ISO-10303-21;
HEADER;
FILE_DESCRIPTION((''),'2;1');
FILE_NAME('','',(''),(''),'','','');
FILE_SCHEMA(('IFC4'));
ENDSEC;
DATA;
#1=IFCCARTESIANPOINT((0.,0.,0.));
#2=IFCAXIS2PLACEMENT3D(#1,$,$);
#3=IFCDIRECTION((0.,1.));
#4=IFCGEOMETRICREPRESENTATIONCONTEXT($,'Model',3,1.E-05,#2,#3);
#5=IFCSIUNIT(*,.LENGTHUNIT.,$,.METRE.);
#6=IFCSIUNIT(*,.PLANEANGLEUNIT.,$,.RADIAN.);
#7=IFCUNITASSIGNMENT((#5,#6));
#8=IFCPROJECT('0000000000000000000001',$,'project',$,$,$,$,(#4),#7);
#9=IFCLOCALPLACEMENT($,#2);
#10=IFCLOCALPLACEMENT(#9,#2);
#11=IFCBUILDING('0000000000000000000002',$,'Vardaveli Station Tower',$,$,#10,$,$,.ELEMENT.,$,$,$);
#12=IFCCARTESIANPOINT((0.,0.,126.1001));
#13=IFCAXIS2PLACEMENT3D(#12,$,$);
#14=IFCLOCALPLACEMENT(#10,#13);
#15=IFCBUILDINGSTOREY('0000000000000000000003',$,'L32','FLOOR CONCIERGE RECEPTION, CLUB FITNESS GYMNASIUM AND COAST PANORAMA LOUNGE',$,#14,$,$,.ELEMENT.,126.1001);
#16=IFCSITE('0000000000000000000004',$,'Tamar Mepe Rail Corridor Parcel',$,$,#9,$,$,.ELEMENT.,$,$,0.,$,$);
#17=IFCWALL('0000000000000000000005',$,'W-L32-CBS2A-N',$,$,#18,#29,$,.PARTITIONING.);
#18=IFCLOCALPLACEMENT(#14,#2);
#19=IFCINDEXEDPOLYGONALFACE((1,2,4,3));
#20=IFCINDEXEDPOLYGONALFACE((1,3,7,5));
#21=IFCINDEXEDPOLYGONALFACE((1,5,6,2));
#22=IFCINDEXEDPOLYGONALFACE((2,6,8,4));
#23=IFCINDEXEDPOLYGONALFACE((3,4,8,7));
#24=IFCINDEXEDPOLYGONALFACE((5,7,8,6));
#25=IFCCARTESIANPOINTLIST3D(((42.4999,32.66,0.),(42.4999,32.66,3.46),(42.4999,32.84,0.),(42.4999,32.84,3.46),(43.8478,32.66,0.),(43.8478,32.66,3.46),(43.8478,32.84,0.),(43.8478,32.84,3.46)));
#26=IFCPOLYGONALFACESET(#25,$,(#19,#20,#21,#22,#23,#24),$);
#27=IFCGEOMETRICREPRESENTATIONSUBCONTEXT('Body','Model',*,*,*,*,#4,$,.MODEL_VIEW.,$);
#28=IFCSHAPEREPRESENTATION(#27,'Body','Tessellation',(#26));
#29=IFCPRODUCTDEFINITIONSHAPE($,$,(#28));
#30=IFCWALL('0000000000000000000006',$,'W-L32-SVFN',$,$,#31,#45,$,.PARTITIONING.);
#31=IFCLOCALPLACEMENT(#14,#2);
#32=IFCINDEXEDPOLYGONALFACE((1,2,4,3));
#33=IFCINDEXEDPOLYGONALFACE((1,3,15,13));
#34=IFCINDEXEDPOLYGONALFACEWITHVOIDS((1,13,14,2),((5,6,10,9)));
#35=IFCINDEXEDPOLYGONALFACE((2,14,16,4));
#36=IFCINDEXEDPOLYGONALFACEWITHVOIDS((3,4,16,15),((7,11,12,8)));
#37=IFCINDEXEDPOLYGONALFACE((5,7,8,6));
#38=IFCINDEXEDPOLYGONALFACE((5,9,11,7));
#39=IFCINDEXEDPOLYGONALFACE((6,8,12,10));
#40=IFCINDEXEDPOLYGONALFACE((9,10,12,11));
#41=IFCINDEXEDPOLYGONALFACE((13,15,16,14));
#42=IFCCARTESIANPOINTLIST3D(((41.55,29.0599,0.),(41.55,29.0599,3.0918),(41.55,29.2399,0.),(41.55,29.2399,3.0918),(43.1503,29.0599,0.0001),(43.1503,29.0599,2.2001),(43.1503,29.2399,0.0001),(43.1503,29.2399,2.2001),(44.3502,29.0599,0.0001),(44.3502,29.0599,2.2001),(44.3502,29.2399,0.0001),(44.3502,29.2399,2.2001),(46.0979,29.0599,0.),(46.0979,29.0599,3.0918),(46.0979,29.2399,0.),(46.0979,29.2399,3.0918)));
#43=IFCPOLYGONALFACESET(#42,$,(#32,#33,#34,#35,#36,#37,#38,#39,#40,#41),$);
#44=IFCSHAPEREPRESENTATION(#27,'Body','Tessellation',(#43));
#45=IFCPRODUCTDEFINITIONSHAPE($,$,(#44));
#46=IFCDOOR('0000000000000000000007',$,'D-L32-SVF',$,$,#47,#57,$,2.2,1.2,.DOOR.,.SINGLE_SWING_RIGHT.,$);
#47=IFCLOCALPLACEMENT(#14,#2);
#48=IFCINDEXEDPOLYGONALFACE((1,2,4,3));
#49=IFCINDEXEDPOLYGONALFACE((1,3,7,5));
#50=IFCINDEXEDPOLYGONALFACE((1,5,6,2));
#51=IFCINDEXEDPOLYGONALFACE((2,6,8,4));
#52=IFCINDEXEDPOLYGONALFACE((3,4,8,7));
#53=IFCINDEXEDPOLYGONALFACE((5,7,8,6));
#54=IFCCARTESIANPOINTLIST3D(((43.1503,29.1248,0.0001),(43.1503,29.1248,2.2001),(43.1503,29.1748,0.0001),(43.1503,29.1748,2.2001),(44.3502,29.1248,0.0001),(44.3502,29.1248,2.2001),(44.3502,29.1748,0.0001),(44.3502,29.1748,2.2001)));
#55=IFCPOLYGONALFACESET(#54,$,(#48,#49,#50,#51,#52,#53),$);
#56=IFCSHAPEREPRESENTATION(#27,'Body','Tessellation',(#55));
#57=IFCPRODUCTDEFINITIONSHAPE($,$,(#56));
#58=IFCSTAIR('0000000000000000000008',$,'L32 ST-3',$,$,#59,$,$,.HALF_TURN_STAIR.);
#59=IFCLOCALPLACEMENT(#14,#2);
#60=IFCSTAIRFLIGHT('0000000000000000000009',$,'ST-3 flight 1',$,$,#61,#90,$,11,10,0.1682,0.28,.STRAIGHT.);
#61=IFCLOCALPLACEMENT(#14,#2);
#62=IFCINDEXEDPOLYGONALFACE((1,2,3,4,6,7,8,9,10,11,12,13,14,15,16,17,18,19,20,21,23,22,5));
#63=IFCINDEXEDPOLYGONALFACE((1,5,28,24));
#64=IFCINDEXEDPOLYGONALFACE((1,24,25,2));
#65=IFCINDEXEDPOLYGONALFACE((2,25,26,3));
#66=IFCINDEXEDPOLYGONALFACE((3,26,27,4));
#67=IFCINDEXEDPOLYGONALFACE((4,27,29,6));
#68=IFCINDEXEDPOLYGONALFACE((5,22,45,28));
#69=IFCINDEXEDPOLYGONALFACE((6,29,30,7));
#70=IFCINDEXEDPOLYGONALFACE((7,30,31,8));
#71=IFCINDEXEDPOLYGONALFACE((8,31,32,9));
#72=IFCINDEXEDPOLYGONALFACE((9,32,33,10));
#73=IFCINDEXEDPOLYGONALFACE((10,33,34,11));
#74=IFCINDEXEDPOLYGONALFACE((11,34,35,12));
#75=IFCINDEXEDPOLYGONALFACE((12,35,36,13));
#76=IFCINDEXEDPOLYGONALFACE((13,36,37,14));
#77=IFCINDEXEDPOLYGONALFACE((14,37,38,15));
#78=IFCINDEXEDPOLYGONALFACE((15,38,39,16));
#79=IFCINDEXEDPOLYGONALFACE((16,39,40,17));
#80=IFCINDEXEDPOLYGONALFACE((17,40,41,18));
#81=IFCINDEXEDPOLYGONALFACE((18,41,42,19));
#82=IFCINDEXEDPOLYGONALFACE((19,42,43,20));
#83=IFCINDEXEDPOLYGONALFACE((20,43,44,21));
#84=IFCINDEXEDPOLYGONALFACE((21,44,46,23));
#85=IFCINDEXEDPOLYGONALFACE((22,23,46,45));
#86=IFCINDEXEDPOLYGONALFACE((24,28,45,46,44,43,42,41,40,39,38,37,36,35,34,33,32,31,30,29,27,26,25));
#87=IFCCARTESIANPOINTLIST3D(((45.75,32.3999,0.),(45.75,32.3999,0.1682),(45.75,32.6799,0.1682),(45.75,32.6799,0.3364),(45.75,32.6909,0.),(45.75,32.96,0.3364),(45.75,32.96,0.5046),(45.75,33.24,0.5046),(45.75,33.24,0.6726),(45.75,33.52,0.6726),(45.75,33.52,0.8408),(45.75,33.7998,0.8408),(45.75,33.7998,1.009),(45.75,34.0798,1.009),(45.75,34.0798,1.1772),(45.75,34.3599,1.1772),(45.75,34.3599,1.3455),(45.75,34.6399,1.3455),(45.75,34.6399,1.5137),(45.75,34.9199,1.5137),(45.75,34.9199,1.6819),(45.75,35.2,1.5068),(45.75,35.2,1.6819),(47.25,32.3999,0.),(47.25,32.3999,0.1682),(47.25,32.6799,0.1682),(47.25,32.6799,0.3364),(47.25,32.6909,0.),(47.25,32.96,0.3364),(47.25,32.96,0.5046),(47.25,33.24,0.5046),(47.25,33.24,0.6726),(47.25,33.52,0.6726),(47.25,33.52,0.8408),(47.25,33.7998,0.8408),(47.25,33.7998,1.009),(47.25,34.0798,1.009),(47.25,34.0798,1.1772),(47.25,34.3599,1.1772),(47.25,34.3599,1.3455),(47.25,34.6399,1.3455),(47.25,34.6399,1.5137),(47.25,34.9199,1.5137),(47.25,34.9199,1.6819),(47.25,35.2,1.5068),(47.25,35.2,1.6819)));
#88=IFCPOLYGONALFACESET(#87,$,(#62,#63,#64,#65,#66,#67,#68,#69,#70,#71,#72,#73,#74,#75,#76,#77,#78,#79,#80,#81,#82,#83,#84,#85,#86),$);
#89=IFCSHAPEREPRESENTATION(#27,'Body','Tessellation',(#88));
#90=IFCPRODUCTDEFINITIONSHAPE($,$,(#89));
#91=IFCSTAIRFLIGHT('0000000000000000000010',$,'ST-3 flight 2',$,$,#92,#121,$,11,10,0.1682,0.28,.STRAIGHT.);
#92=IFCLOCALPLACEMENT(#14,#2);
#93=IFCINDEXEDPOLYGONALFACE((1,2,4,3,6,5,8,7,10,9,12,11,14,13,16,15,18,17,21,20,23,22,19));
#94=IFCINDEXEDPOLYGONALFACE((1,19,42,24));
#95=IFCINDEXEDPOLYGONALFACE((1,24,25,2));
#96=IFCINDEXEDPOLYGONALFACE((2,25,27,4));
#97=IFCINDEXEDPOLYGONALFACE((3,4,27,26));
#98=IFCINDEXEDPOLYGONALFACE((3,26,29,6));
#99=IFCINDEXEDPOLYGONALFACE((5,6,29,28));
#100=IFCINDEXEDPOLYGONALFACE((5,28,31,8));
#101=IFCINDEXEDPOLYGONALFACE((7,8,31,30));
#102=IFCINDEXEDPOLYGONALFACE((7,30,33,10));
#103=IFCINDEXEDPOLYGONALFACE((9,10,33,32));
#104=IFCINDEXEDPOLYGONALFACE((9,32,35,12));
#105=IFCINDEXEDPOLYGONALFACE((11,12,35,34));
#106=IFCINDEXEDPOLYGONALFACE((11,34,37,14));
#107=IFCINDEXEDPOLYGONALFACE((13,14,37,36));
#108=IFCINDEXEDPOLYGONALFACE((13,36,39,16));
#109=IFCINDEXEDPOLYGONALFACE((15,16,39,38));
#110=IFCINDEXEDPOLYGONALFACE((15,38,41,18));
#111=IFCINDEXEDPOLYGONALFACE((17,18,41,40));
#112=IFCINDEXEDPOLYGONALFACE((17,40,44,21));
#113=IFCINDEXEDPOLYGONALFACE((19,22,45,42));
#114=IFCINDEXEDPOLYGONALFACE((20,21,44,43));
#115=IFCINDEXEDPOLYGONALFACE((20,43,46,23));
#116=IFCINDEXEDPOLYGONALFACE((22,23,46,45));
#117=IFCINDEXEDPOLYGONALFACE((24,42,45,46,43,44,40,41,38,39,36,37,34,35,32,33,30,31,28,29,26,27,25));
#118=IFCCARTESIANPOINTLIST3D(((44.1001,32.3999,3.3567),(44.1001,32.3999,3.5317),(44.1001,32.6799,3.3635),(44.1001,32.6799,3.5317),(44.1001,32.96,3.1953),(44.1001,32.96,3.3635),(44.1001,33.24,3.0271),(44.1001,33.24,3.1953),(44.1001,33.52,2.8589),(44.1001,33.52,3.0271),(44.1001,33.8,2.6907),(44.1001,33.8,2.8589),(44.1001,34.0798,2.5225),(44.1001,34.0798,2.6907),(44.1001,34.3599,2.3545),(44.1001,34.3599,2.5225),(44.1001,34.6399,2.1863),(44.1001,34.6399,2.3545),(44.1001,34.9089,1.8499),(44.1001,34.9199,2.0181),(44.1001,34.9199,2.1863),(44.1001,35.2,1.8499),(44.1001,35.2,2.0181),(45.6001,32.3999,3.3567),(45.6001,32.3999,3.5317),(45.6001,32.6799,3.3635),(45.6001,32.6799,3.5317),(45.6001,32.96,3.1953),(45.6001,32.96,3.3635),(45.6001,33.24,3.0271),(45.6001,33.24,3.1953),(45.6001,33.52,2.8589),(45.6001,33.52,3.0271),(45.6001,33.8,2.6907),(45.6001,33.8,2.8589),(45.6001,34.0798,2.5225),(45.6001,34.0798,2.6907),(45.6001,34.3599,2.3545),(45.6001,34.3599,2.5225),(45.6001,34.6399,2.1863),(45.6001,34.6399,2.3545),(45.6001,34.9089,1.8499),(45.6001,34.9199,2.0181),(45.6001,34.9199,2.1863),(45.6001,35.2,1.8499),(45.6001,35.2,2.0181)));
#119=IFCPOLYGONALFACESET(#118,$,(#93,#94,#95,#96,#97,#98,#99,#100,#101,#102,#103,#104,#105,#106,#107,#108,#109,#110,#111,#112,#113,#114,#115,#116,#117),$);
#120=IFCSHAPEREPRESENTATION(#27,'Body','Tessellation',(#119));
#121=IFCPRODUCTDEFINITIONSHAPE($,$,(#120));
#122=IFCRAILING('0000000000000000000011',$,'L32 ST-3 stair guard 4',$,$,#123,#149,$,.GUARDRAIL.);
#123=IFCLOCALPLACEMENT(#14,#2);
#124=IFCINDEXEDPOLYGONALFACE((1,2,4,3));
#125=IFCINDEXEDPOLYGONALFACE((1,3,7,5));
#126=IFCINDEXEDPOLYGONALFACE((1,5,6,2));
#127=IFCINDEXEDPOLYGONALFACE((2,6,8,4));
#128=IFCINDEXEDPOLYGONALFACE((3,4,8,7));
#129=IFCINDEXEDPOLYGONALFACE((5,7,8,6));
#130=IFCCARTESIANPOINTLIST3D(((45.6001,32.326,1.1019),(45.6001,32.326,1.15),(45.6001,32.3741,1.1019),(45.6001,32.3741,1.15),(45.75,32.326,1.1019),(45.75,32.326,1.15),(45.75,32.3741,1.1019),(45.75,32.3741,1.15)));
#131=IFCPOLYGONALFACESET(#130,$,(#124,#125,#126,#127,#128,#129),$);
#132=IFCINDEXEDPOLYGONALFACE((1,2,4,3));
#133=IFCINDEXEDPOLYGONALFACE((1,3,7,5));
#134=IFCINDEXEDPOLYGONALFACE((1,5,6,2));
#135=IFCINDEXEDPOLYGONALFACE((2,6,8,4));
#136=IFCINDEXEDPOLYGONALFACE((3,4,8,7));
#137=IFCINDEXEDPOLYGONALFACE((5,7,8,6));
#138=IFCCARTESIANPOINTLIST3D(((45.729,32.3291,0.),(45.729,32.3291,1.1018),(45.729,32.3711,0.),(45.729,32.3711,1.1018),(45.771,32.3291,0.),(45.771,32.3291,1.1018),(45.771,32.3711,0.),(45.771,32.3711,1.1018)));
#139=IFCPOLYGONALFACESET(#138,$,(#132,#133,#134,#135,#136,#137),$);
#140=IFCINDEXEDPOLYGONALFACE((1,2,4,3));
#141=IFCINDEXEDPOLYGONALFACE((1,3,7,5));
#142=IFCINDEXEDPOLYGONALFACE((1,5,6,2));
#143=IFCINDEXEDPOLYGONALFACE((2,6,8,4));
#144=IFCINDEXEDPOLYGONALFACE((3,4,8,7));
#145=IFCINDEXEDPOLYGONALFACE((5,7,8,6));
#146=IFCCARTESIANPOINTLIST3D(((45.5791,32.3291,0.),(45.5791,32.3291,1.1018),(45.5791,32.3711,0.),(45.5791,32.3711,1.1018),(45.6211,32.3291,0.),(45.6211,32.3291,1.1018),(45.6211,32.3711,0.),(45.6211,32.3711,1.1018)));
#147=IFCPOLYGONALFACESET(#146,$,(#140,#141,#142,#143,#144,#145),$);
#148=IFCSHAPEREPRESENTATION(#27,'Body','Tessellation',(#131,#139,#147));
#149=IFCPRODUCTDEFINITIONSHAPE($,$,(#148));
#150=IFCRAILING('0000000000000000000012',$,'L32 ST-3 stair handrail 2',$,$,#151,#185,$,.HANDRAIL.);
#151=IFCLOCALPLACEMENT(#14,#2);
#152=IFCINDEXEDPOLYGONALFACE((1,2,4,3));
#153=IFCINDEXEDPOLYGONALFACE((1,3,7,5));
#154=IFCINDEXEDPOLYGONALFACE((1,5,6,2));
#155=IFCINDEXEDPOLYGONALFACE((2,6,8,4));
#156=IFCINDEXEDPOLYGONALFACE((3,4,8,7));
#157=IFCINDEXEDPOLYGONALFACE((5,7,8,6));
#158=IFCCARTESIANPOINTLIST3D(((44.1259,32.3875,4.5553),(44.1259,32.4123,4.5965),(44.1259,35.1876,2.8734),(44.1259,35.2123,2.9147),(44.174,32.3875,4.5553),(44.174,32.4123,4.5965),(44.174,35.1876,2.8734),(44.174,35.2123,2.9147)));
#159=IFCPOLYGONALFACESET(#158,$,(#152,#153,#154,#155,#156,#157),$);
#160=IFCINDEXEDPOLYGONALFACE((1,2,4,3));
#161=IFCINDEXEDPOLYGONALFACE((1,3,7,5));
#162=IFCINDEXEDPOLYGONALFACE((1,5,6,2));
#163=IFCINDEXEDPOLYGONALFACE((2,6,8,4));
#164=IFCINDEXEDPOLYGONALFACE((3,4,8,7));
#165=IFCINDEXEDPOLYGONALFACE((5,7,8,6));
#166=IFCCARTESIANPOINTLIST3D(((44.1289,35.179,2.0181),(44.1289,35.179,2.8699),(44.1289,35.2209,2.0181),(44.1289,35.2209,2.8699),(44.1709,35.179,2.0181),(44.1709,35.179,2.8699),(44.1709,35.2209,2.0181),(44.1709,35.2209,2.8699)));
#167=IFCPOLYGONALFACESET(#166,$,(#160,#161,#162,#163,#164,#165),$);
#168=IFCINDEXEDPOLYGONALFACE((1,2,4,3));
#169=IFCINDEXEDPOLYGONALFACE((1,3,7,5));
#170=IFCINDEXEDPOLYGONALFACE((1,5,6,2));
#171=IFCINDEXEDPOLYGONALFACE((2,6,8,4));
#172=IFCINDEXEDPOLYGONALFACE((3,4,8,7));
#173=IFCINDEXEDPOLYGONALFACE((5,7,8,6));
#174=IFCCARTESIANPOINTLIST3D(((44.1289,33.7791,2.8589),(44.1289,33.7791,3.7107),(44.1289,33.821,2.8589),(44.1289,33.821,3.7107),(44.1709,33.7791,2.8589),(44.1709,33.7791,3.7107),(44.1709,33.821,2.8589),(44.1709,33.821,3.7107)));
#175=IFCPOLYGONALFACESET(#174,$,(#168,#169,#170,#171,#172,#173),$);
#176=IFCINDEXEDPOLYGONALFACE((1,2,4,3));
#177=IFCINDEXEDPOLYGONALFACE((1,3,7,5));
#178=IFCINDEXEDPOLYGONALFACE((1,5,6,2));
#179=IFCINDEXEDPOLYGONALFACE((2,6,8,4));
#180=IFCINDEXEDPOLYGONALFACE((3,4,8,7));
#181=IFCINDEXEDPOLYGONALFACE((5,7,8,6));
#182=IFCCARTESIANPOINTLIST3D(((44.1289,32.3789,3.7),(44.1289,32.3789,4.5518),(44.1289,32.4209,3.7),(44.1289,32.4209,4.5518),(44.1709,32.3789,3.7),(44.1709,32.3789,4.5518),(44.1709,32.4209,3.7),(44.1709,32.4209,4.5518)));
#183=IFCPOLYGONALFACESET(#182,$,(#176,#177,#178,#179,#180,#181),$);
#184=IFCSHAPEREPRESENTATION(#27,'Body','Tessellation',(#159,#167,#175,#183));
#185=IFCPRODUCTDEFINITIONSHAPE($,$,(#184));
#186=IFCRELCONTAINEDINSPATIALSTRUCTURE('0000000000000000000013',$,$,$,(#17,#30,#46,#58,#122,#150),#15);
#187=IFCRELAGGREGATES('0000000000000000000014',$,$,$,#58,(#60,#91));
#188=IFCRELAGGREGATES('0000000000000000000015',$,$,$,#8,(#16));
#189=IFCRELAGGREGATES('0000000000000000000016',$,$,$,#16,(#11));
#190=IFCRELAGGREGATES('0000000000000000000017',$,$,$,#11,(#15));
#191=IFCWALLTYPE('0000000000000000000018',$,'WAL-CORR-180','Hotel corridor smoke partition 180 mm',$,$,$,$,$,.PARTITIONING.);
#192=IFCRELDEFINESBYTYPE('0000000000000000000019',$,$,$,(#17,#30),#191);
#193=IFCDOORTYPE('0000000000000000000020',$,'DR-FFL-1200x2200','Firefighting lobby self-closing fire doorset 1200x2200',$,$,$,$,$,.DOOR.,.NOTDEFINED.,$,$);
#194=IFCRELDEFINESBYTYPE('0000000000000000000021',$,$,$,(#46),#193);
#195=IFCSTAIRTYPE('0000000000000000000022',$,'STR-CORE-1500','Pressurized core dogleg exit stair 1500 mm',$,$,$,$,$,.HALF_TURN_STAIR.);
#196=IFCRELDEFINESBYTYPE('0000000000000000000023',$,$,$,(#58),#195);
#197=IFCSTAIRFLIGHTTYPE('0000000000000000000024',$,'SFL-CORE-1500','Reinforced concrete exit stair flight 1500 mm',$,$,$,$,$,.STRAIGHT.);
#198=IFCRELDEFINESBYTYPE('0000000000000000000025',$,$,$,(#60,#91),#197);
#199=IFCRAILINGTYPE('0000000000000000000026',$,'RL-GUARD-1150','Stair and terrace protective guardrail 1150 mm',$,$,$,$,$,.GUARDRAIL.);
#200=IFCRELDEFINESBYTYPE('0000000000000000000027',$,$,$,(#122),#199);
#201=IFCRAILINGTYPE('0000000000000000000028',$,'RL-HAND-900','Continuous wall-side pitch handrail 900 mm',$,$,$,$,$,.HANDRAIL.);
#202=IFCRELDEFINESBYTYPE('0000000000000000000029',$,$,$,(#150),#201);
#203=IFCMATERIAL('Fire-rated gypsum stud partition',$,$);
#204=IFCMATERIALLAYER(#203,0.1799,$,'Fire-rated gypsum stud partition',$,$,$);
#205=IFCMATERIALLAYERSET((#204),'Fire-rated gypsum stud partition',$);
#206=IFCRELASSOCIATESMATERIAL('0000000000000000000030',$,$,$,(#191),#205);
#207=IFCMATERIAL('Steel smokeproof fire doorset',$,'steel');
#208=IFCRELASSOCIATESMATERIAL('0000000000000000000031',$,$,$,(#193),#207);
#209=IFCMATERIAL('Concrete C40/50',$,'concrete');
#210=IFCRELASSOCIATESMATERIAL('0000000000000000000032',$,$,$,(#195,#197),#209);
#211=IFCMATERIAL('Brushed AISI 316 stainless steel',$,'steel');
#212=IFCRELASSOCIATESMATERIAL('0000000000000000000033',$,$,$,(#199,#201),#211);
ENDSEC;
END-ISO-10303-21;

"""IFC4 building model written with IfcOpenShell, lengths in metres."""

from ifc_helpers import new_model, si_unit, direction, frame, frame_2d, origin, origin_2d, place, context, subcontext, project, spatial, polyline, rectangle, outline, extrude, source, transform, mapped, material, layer, layer_set, type_object, element, fill, aggregate, save


model = new_model("IFC4")

# Units and contexts
model_context = context("Model", 3, precision=1e-05, world=origin(), true_north=direction((0.0, 1.0)))
body_context = subcontext(model_context, "Body", "Model", "MODEL_VIEW")
ifc_project = project(units=[si_unit("LENGTHUNIT", "METRE"), si_unit("PLANEANGLEUNIT", "RADIAN")], contexts=[model_context])

# Site, building, storey
site_placement = place(None, origin())
site = spatial("IfcSite", under=ifc_project, at=site_placement, Name="Tamar Mepe Rail Corridor Parcel", CompositionType="ELEMENT", RefElevation=0.0)
building_placement = place(site_placement, origin())
building = spatial("IfcBuilding", under=site, at=building_placement, Name="Vardaveli Station Tower", CompositionType="ELEMENT")
storey_placement = place(building_placement, frame((0.0, 0.0, 126.1001)))
storey = spatial("IfcBuildingStorey", under=building, at=storey_placement, Name="L32", Description="FLOOR CONCIERGE RECEPTION, CLUB FITNESS GYMNASIUM AND COAST PANORAMA LOUNGE", CompositionType="ELEMENT", Elevation=126.1001)

# Shared definitions
ifc_material_1 = material(Name="Concrete C40/50", Category="concrete")

# Shared definitions
ifc_material_2 = material(Name="Steel smokeproof fire doorset", Category="steel")
ifc_material_3 = material(Name="Fire-rated gypsum stud partition")
ifc_layer_1 = layer(ifc_material_3, 0.1799, Name="Fire-rated gypsum stud partition")
ifc_layer_set_1 = layer_set([ifc_layer_1], Name="Fire-rated gypsum stud partition")
wall_type_1 = type_object("IfcWallType", Name="WAL-CORR-180", Description="Hotel corridor smoke partition 180 mm", PredefinedType="PARTITIONING", material=ifc_layer_set_1)

# Wall
shared_shape_1 = source(origin(), body_context, "Body", "SweptSolid", [
    extrude(rectangle(XDim=1.3479, YDim=0.1799, at=frame_2d((0.6738, 0.0))), origin(), (0.0, 0.0, 1.0), 3.46),
])
wall_1_placement = place(storey_placement, frame((42.5, 32.75, 0.0), z_axis=(0.0, 0.0, 1.0), x_axis=(1.0, 0.0, 0.0)))
element("IfcWall", 1, at=wall_1_placement, inside=storey, type_object=wall_type_1, Name="W-L32-CBS2A-N", PredefinedType="PARTITIONING", context=body_context, shape_type="MappedRepresentation", body=[
    mapped(shared_shape_1, transform((0.0, 0.0, 0.0), scale=1.0)),
])

# Wall, opening, door
shared_shape_2 = source(origin(), body_context, "Body", "SweptSolid", [
    extrude(rectangle(XDim=4.5479, YDim=0.1799, at=frame_2d((2.2739, 0.0))), origin(), (0.0, 0.0, 1.0), 3.0918),
])
wall_2_placement = place(storey_placement, frame((41.55, 29.1499, 0.0), z_axis=(0.0, 0.0, 1.0), x_axis=(1.0, 0.0, 0.0)))
wall_2 = element("IfcWall", 2, at=wall_2_placement, inside=storey, type_object=wall_type_1, Name="W-L32-SVFN", PredefinedType="PARTITIONING", context=body_context, shape_type="MappedRepresentation", body=[
    mapped(shared_shape_2, transform((0.0, 0.0, 0.0), scale=1.0)),
])
shared_shape_3 = source(origin(), body_context, "Body", "SweptSolid", [
    extrude(rectangle(XDim=1.2, YDim=2.2, at=frame_2d((0.6001, 1.1001))), frame((0.0, 0.1001, 0.0), z_axis=(0.0, -1.0, 0.0), x_axis=(1.0, 0.0, 0.0)), (0.0, 0.0, 1.0), 0.2),
])
opening_1_placement = place(wall_2_placement, frame((1.6001, 0.0, 0.0)))
opening_1 = element("IfcOpeningElement", 3, at=opening_1_placement, cuts=wall_2, PredefinedType="OPENING", context=body_context, shape_type="MappedRepresentation", body=[
    mapped(shared_shape_3, transform((0.0, 0.0, 0.0), scale=1.0)),
])
door_type_1 = type_object("IfcDoorType", Name="DR-FFL-1200x2200", Description="Firefighting lobby self-closing fire doorset 1200x2200", OperationType="NOTDEFINED", PredefinedType="DOOR", material=ifc_material_2)
shared_shape_4 = source(origin(), body_context, "Body", "SweptSolid", [
    extrude(rectangle(XDim=1.2, YDim=2.2, at=frame_2d((0.6001, 1.1001))), frame((0.0, 0.0249, 0.0), z_axis=(0.0, -1.0, 0.0), x_axis=(1.0, 0.0, 0.0)), (0.0, 0.0, 1.0), 0.05),
])
door_1_placement = place(opening_1_placement, origin())
door_1 = element("IfcDoor", 4, at=door_1_placement, inside=storey, type_object=door_type_1, Name="D-L32-SVF", OperationType="SINGLE_SWING_RIGHT", OverallHeight=2.2, OverallWidth=1.2, PredefinedType="DOOR", context=body_context, shape_type="MappedRepresentation", body=[
    mapped(shared_shape_4, transform((0.0, 0.0, 0.0), scale=1.0)),
])
fill(opening_1, door_1)

# Stair, stair flights
stair_type = type_object("IfcStairType", Name="STR-CORE-1500", Description="Pressurized core dogleg exit stair 1500 mm", PredefinedType="HALF_TURN_STAIR", material=ifc_material_1)
stair_placement = place(storey_placement, origin())
stair = element("IfcStair", 5, at=stair_placement, inside=storey, type_object=stair_type, Name="L32 ST-3", PredefinedType="HALF_TURN_STAIR")
stair_flight_type = type_object("IfcStairFlightType", Name="SFL-CORE-1500", Description="Reinforced concrete exit stair flight 1500 mm", PredefinedType="STRAIGHT", material=ifc_material_1)
shared_shape_5 = source(origin(), body_context, "Body", "SweptSolid", [
    extrude(outline(polyline([(0.0, 0.0), (0.0, 0.1682), (0.28, 0.1682), (0.28, 0.3364), (0.5601, 0.3364), (0.5601, 0.5046), (0.8401, 0.5046), (0.8401, 0.6726), (1.1201, 0.6726), (1.1201, 0.8408), (1.3999, 0.8408), (1.3999, 1.009), (1.6799, 1.009), (1.6799, 1.1772), (1.96, 1.1772), (1.96, 1.3455), (2.24, 1.3455), (2.24, 1.5137), (2.52, 1.5137), (2.52, 1.6819), (2.8, 1.6819), (2.8, 1.8501), (2.8, 1.5068), (0.291, 0.0), (0.0, 0.0)])), frame((0.0, 0.75, 0.0), z_axis=(0.0, -1.0, 0.0), x_axis=(1.0, 0.0, 0.0)), (0.0, 0.0, 1.0), 1.5),
])
stair_flight_1_placement = place(storey_placement, frame((46.5, 32.3999, 0.0), z_axis=(0.0, 0.0, 1.0), x_axis=(0.0, 1.0, 0.0)))
stair_flight_1 = element("IfcStairFlight", 6, at=stair_flight_1_placement, type_object=stair_flight_type, Name="ST-3 flight 1", NumberOfRisers=11, NumberOfTreads=10, PredefinedType="STRAIGHT", RiserHeight=0.1682, TreadLength=0.28, context=body_context, shape_type="MappedRepresentation", body=[
    mapped(shared_shape_5, transform((0.0, 0.0, 0.0), scale=1.0)),
])
stair_flight_2_placement = place(storey_placement, frame((44.8501, 35.2, 1.8499), z_axis=(0.0, 0.0, 1.0), x_axis=(0.0, -1.0, 0.0)))
stair_flight_2 = element("IfcStairFlight", 7, at=stair_flight_2_placement, type_object=stair_flight_type, Name="ST-3 flight 2", NumberOfRisers=11, NumberOfTreads=10, PredefinedType="STRAIGHT", RiserHeight=0.1682, TreadLength=0.28, context=body_context, shape_type="MappedRepresentation", body=[
    mapped(shared_shape_5, transform((0.0, 0.0, 0.0), scale=1.0)),
])
aggregate(stair, [stair_flight_1, stair_flight_2])

# Railings
ifc_material_4 = material(Name="Brushed AISI 316 stainless steel", Category="steel")
railing_type_1 = type_object("IfcRailingType", Name="RL-GUARD-1150", Description="Stair and terrace protective guardrail 1150 mm", PredefinedType="GUARDRAIL", material=ifc_material_4)
shared_shape_6 = source(origin(), body_context, "Body", "SweptSolid", [
    extrude(rectangle(XDim=0.0481, YDim=0.0481, at=origin_2d()), frame((0.0, 0.0, 1.126), z_axis=(-1.0, 0.0, 0.0), x_axis=(0.0, -1.0, 0.0)), (0.0, 0.0, 1.0), 0.1499),
    extrude(rectangle(XDim=0.042, YDim=0.042, at=origin_2d()), origin(), (0.0, 0.0, 1.0), 1.1018),
    extrude(rectangle(XDim=0.042, YDim=0.042, at=origin_2d()), frame((-0.1499, 0.0, 0.0)), (0.0, 0.0, 1.0), 1.1018),
])
railing_1_placement = place(storey_placement, frame((45.75, 32.3501, 0.0)))
element("IfcRailing", 8, at=railing_1_placement, inside=storey, type_object=railing_type_1, Name="L32 ST-3 stair guard 4", PredefinedType="GUARDRAIL", context=body_context, shape_type="MappedRepresentation", body=[
    mapped(shared_shape_6, transform((0.0, 0.0, 0.0), scale=1.0)),
])
railing_type_2 = type_object("IfcRailingType", Name="RL-HAND-900", Description="Continuous wall-side pitch handrail 900 mm", PredefinedType="HANDRAIL", material=ifc_material_4)
shared_shape_7 = source(origin(), body_context, "Body", "SweptSolid", [
    extrude(rectangle(XDim=0.0481, YDim=0.0481, at=origin_2d()), frame((0.0, 0.0, 0.876), z_axis=(0.0, -0.857242, 0.514913), x_axis=(1.0, 0.0, 0.0)), (0.0, 0.0, 1.0), 3.2664),
    extrude(rectangle(XDim=0.042, YDim=0.042, at=origin_2d()), origin(), (0.0, 0.0, 1.0), 0.8518),
    extrude(rectangle(XDim=0.042, YDim=0.042, at=origin_2d()), frame((0.0, -1.3999, 0.8408)), (0.0, 0.0, 1.0), 0.8518),
    extrude(rectangle(XDim=0.042, YDim=0.042, at=origin_2d()), frame((0.0, -2.8, 1.6819)), (0.0, 0.0, 1.0), 0.8518),
])
railing_2_placement = place(storey_placement, frame((44.1499, 35.2, 2.0181)))
element("IfcRailing", 9, at=railing_2_placement, inside=storey, type_object=railing_type_2, Name="L32 ST-3 stair handrail 2", PredefinedType="HANDRAIL", context=body_context, shape_type="MappedRepresentation", body=[
    mapped(shared_shape_7, transform((0.0, 0.0, 0.0), scale=1.0)),
])

save(model, "model.ifc")
